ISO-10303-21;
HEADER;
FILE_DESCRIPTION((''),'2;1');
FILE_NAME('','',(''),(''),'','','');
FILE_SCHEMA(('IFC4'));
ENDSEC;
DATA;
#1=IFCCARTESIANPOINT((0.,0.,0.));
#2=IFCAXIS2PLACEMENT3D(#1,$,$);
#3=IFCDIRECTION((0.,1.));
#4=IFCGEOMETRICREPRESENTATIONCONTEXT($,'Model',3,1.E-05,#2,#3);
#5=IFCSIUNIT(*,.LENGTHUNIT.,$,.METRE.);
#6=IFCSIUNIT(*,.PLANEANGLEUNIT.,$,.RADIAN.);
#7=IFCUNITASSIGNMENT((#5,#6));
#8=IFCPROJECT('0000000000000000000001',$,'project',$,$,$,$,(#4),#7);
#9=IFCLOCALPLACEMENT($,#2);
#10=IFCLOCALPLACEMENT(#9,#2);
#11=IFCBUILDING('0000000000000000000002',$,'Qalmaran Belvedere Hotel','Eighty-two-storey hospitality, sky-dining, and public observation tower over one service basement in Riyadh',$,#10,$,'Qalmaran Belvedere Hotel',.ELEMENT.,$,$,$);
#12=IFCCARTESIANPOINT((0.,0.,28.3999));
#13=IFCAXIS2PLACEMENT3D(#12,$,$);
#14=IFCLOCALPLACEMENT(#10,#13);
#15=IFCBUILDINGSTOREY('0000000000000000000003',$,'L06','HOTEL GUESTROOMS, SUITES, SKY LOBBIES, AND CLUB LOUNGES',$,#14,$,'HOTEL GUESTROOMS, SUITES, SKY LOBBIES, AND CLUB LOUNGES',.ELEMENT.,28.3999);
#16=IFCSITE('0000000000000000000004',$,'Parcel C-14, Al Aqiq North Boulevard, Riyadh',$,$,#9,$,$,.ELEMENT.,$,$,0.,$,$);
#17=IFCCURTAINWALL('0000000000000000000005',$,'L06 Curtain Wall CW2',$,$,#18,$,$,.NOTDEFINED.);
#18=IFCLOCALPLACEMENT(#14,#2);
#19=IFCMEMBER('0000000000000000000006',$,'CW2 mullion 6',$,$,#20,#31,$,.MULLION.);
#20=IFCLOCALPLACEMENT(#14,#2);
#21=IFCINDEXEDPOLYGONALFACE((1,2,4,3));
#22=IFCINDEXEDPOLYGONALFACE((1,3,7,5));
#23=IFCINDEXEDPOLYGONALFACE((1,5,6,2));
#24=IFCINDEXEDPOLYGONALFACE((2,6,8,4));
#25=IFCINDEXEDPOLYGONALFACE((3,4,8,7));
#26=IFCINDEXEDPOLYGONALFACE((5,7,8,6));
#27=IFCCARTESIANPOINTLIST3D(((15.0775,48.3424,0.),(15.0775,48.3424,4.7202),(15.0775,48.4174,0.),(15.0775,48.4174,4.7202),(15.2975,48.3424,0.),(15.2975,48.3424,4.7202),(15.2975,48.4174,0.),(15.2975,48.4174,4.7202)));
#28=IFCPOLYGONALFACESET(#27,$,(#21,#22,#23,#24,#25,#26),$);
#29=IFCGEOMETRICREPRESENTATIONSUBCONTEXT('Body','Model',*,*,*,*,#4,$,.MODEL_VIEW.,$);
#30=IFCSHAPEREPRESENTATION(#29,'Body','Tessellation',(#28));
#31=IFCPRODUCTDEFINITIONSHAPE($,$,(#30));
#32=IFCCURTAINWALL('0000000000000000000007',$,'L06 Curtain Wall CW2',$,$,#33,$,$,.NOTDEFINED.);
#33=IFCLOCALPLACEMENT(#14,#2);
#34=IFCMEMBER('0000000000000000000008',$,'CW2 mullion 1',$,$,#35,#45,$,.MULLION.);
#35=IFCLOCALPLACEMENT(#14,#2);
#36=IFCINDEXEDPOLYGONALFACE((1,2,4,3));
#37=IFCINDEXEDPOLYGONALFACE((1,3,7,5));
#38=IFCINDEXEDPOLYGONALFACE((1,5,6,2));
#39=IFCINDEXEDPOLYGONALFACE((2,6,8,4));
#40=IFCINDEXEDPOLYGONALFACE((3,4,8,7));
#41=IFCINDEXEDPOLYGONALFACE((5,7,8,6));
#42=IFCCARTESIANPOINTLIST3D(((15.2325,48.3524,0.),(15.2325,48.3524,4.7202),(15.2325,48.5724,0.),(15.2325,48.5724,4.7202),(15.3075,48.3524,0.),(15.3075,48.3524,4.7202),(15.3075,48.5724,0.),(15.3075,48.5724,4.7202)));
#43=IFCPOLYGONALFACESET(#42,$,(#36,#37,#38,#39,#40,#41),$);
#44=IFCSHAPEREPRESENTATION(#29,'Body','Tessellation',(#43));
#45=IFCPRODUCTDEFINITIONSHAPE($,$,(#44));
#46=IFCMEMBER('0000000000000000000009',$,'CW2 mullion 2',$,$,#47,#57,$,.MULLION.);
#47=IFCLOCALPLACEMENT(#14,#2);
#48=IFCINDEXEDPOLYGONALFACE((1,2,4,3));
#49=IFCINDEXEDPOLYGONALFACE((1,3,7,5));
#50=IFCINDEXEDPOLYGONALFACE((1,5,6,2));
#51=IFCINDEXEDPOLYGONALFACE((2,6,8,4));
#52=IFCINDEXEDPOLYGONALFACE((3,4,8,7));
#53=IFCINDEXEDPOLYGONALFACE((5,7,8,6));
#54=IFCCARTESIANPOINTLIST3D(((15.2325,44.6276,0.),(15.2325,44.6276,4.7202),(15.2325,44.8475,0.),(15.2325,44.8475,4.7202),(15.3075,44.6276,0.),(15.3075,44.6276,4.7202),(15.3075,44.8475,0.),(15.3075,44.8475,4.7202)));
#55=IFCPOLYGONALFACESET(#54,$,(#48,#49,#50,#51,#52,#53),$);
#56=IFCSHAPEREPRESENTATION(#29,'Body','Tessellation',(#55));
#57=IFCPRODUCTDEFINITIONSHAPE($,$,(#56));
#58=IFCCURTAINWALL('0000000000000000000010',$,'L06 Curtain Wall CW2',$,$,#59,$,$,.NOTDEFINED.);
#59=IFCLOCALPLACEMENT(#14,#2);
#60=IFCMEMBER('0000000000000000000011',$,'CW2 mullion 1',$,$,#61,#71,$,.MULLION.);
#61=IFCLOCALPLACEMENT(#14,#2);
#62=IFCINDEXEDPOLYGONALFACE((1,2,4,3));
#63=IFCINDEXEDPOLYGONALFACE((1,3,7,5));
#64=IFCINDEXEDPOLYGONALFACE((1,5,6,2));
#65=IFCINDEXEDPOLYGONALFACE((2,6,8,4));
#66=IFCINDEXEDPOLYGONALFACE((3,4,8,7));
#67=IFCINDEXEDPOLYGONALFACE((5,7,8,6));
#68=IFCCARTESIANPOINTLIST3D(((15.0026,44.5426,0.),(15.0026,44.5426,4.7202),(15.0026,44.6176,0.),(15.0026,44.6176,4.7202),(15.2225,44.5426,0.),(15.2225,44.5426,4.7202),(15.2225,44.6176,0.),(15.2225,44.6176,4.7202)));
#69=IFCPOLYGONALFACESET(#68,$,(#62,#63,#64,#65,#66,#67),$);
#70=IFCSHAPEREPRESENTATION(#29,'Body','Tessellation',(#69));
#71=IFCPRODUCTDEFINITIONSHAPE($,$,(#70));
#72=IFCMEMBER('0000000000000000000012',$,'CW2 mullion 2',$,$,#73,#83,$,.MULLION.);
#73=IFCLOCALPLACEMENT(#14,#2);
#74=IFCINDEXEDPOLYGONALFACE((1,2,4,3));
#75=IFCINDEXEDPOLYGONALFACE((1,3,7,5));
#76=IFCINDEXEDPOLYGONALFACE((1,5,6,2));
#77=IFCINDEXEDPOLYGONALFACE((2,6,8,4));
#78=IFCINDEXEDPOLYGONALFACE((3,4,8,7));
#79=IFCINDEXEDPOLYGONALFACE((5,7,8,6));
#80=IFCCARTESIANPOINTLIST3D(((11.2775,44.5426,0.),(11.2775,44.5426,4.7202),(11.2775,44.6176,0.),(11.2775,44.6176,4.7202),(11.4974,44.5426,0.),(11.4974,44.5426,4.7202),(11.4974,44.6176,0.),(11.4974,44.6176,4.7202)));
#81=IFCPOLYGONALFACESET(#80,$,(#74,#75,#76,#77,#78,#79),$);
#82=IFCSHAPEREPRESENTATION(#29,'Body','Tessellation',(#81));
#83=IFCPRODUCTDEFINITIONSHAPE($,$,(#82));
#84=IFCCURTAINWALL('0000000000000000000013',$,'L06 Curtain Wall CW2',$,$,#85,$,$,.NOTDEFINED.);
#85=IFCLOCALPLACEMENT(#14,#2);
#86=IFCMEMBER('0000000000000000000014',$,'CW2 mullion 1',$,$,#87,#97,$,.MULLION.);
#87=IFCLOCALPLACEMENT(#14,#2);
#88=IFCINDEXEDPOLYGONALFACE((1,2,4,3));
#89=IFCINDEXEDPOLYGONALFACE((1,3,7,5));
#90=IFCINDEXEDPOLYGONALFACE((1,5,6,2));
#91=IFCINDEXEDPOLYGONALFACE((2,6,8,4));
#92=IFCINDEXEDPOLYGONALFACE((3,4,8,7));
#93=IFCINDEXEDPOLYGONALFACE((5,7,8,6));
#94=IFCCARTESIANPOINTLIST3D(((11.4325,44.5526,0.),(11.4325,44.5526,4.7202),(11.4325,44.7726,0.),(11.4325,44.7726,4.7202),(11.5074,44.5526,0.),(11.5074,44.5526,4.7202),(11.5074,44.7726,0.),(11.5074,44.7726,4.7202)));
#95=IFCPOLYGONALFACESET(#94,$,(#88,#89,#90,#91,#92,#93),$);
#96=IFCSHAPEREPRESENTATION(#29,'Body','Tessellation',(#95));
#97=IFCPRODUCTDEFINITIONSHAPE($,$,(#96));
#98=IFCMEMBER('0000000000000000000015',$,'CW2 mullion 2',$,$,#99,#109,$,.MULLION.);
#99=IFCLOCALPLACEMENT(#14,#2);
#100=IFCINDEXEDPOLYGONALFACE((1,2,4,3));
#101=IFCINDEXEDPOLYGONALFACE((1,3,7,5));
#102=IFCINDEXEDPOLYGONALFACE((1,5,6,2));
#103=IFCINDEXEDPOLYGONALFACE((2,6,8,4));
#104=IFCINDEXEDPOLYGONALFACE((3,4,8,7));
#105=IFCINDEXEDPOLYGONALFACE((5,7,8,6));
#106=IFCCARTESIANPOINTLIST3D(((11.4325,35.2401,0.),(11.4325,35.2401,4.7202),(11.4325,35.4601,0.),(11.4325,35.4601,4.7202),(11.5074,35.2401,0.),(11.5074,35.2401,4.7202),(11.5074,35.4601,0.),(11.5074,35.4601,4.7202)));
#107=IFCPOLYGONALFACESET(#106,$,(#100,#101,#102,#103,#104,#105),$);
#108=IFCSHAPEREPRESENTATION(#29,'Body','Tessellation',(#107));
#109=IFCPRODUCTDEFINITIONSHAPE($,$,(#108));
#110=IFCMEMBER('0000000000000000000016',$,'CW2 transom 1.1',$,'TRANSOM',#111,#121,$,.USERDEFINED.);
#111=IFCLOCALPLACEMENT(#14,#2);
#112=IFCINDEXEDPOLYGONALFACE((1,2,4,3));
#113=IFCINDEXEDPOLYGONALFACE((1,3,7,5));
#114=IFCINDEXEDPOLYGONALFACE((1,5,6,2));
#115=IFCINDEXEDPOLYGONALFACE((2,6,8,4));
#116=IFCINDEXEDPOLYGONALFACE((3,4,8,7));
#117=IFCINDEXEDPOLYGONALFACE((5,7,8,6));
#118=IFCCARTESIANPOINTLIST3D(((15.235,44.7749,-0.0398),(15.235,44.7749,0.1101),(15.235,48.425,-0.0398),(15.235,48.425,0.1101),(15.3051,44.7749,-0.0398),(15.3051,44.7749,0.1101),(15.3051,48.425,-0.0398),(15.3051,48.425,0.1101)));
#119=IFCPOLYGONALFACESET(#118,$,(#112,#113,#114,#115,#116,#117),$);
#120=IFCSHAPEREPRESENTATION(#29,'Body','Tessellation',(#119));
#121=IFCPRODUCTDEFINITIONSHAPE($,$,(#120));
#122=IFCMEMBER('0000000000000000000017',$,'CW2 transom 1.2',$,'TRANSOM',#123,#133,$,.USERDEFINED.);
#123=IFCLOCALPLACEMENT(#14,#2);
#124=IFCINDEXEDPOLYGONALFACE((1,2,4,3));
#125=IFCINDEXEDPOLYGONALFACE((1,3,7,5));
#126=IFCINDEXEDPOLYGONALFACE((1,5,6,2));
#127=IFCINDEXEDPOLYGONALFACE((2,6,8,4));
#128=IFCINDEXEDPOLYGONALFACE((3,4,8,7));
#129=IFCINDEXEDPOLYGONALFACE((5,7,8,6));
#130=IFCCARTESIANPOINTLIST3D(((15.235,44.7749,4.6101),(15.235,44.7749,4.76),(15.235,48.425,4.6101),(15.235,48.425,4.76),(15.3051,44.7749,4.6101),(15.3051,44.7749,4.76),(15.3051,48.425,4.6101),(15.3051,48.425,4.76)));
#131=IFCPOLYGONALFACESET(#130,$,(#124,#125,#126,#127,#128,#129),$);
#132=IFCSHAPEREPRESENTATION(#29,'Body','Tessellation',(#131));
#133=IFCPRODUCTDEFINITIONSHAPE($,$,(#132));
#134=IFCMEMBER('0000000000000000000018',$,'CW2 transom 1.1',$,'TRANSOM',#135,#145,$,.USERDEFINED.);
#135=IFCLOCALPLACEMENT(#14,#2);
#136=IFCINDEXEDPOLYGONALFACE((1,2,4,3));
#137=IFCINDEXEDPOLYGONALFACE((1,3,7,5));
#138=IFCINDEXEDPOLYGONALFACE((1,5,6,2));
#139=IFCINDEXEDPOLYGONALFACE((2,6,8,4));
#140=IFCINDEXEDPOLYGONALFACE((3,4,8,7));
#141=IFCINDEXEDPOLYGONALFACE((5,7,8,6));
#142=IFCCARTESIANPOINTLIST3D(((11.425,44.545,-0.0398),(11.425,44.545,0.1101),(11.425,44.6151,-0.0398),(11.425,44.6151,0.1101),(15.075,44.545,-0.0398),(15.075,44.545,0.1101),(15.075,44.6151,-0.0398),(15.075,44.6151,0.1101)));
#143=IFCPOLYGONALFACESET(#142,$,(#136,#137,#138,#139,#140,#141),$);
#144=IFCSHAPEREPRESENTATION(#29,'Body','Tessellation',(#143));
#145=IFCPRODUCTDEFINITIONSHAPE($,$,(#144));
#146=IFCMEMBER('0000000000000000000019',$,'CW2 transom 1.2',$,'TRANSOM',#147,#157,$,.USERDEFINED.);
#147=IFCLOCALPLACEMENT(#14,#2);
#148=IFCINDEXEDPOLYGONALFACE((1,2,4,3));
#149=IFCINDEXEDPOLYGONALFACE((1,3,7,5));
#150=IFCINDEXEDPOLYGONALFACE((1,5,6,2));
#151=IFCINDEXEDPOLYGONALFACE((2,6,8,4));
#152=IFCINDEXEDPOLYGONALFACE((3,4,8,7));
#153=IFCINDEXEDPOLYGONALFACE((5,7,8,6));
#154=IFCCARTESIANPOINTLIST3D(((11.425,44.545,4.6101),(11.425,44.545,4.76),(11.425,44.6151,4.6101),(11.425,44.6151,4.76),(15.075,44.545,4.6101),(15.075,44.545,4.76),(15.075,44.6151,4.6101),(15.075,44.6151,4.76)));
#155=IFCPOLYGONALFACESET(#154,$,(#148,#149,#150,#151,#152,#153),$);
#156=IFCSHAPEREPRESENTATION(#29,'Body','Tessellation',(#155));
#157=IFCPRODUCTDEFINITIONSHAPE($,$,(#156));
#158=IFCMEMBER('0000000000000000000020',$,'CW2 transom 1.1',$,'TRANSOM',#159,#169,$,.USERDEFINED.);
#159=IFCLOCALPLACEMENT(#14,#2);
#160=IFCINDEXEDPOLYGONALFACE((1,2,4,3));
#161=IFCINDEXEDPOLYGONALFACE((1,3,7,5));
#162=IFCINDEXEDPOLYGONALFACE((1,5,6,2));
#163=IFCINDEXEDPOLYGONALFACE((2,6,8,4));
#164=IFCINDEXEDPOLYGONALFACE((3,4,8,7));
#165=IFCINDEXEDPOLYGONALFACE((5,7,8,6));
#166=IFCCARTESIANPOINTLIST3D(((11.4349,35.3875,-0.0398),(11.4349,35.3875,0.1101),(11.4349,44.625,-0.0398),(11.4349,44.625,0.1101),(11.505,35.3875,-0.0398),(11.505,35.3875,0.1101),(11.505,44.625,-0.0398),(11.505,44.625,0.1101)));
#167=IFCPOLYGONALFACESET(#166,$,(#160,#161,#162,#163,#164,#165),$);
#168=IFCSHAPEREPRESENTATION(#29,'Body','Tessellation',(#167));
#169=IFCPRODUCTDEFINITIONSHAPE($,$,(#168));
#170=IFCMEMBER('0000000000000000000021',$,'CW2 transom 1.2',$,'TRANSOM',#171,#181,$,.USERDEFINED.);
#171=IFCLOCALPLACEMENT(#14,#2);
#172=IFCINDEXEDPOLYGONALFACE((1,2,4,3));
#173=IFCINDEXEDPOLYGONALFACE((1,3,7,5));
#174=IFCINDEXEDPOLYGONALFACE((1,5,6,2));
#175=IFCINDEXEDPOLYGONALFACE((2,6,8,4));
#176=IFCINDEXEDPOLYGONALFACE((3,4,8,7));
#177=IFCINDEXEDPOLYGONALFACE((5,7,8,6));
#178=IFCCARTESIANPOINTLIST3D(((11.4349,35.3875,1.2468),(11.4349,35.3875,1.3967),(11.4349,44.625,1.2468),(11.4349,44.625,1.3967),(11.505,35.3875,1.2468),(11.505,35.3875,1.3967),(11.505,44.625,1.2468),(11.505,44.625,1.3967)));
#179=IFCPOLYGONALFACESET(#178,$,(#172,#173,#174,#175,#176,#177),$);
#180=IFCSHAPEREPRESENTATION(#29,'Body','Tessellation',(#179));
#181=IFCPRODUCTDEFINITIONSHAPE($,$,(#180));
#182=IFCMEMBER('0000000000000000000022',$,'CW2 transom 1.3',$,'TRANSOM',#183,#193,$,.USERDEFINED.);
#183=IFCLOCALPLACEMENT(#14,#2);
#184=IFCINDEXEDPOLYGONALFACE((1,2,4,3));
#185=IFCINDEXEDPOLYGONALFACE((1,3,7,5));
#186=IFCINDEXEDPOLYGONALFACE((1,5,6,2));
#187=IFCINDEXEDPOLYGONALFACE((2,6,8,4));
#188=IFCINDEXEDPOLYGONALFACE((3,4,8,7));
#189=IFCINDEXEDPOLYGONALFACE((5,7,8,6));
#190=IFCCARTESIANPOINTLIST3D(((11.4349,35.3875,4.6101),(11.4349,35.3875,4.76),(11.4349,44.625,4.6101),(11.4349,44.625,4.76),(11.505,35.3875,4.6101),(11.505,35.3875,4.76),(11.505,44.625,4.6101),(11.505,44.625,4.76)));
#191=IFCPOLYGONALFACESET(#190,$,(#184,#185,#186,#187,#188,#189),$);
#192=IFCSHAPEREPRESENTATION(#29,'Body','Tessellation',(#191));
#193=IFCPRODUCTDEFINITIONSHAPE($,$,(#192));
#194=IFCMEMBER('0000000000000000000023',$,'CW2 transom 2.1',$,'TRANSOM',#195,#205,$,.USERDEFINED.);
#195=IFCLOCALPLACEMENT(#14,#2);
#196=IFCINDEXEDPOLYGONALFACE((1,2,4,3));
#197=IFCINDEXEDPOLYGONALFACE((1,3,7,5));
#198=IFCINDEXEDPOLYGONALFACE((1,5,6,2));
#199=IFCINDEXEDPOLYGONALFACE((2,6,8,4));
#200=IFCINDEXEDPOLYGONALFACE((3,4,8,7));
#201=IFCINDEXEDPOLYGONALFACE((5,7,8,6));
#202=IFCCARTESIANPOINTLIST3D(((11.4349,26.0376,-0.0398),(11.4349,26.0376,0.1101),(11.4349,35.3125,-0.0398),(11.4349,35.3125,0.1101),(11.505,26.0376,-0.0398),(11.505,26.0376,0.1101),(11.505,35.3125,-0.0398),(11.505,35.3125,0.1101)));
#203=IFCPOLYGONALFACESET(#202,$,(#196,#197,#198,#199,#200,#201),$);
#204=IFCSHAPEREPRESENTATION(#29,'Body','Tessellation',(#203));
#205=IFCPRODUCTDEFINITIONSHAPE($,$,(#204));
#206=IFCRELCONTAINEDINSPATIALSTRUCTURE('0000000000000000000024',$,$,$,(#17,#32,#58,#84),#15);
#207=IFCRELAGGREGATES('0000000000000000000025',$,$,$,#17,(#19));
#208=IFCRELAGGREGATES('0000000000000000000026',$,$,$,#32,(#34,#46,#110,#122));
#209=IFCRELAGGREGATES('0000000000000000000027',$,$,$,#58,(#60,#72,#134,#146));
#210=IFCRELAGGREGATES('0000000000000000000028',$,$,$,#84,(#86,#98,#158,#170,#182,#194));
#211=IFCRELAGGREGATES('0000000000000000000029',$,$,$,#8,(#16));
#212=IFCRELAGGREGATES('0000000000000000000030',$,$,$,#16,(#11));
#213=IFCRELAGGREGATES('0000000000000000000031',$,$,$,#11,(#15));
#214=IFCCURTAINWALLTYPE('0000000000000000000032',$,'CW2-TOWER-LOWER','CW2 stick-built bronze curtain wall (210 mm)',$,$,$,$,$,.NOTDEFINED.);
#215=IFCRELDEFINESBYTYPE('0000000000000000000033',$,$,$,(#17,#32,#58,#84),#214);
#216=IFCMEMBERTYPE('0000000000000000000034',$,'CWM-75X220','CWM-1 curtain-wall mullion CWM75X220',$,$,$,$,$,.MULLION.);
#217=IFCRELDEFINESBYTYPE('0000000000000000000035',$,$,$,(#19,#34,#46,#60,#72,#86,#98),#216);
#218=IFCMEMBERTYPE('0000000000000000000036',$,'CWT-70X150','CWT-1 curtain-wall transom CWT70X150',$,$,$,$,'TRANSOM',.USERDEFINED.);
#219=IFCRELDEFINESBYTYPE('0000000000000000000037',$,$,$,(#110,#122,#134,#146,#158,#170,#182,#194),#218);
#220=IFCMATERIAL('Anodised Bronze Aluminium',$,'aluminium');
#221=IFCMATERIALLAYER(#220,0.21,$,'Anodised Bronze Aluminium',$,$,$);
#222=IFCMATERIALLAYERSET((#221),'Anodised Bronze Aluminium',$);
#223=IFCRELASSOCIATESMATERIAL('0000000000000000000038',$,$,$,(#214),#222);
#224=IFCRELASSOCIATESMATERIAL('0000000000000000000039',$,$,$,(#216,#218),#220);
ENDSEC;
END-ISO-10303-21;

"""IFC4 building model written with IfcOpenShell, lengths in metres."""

from ifc_helpers import new_model, si_unit, direction, frame, origin, origin_2d, place, context, subcontext, project, spatial, rectangle, extrude, material, layer, layer_set, material_profile, profile_set, type_object, element, aggregate, save


model = new_model("IFC4")

# Units and contexts
model_context = context("Model", 3, precision=1e-05, world=origin(), true_north=direction((0.0, 1.0)))
body_context = subcontext(model_context, "Body", "Model", "MODEL_VIEW")
ifc_project = project(units=[si_unit("LENGTHUNIT", "METRE"), si_unit("PLANEANGLEUNIT", "RADIAN")], contexts=[model_context])

# Site, building, storey
site_placement = place(None, origin())
site = spatial("IfcSite", under=ifc_project, at=site_placement, Name="Parcel C-14, Al Aqiq North Boulevard, Riyadh", CompositionType="ELEMENT", RefElevation=0.0)
building_placement = place(site_placement, origin())
building = spatial("IfcBuilding", under=site, at=building_placement, Name="Qalmaran Belvedere Hotel", Description="Eighty-two-storey hospitality, sky-dining, and public observation tower over one service basement in Riyadh", LongName="Qalmaran Belvedere Hotel", CompositionType="ELEMENT")
storey_placement = place(building_placement, frame((0.0, 0.0, 28.3999)))
storey = spatial("IfcBuildingStorey", under=building, at=storey_placement, Name="L06", Description="HOTEL GUESTROOMS, SUITES, SKY LOBBIES, AND CLUB LOUNGES", LongName="HOTEL GUESTROOMS, SUITES, SKY LOBBIES, AND CLUB LOUNGES", CompositionType="ELEMENT", Elevation=28.3999)

# Curtain wall, member
ifc_material_1 = material(Name="Anodised Bronze Aluminium", Category="aluminium")
ifc_layer_1 = layer(ifc_material_1, 0.21, Name="Anodised Bronze Aluminium")
ifc_layer_set_1 = layer_set([ifc_layer_1], Name="Anodised Bronze Aluminium")
curtain_wall_type = type_object("IfcCurtainWallType", Name="CW2-TOWER-LOWER", Description="CW2 stick-built bronze curtain wall (210 mm)", PredefinedType="NOTDEFINED", material=ifc_layer_set_1)
curtain_wall_1_placement = place(storey_placement, origin())
curtain_wall_1 = element("IfcCurtainWall", 1, at=curtain_wall_1_placement, inside=storey, type_object=curtain_wall_type, Name="L06 Curtain Wall CW2", PredefinedType="NOTDEFINED")
ifc_material_profile_1 = material_profile(ifc_material_1, rectangle(XDim=0.075, YDim=0.22, at=origin_2d()), Name="CWM75X220")
ifc_profile_set_1 = profile_set([ifc_material_profile_1], Name="Anodised Bronze Aluminium")
member_type_1 = type_object("IfcMemberType", Name="CWM-75X220", Description="CWM-1 curtain-wall mullion CWM75X220", PredefinedType="MULLION", material=ifc_profile_set_1)
member_1_placement = place(storey_placement, frame((15.1875, 48.3799, 0.0), z_axis=(0.0, 0.0, 1.0), x_axis=(0.0, -1.0, 0.0)))
member_1 = element("IfcMember", 2, at=member_1_placement, type_object=member_type_1, Name="CW2 mullion 6", PredefinedType="MULLION", context=body_context, shape_type="SweptSolid", body=[
    extrude(rectangle(XDim=0.075, YDim=0.22, at=origin_2d()), origin(), (0.0, 0.0, 1.0), 4.7202),
])

# Curtain walls, members
curtain_wall_2_placement = place(storey_placement, origin())
curtain_wall_2 = element("IfcCurtainWall", 3, at=curtain_wall_2_placement, inside=storey, type_object=curtain_wall_type, Name="L06 Curtain Wall CW2", PredefinedType="NOTDEFINED")
member_2_placement = place(storey_placement, frame((15.27, 48.4624, 0.0), z_axis=(0.0, 0.0, 1.0), x_axis=(1.0, 0.0, 0.0)))
member_2 = element("IfcMember", 4, at=member_2_placement, type_object=member_type_1, Name="CW2 mullion 1", PredefinedType="MULLION", context=body_context, shape_type="SweptSolid", body=[
    extrude(rectangle(XDim=0.075, YDim=0.22, at=origin_2d()), origin(), (0.0, 0.0, 1.0), 4.7202),
])
member_3_placement = place(storey_placement, frame((15.27, 44.7375, 0.0), z_axis=(0.0, 0.0, 1.0), x_axis=(1.0, 0.0, 0.0)))
member_3 = element("IfcMember", 5, at=member_3_placement, type_object=member_type_1, Name="CW2 mullion 2", PredefinedType="MULLION", context=body_context, shape_type="SweptSolid", body=[
    extrude(rectangle(XDim=0.075, YDim=0.22, at=origin_2d()), origin(), (0.0, 0.0, 1.0), 4.7202),
])
curtain_wall_3_placement = place(storey_placement, origin())
curtain_wall_3 = element("IfcCurtainWall", 6, at=curtain_wall_3_placement, inside=storey, type_object=curtain_wall_type, Name="L06 Curtain Wall CW2", PredefinedType="NOTDEFINED")
member_4_placement = place(storey_placement, frame((15.1125, 44.5801, 0.0), z_axis=(0.0, 0.0, 1.0), x_axis=(0.0, -1.0, 0.0)))
member_4 = element("IfcMember", 7, at=member_4_placement, type_object=member_type_1, Name="CW2 mullion 1", PredefinedType="MULLION", context=body_context, shape_type="SweptSolid", body=[
    extrude(rectangle(XDim=0.075, YDim=0.22, at=origin_2d()), origin(), (0.0, 0.0, 1.0), 4.7202),
])
member_5_placement = place(storey_placement, frame((11.3875, 44.5801, 0.0), z_axis=(0.0, 0.0, 1.0), x_axis=(0.0, -1.0, 0.0)))
member_5 = element("IfcMember", 8, at=member_5_placement, type_object=member_type_1, Name="CW2 mullion 2", PredefinedType="MULLION", context=body_context, shape_type="SweptSolid", body=[
    extrude(rectangle(XDim=0.075, YDim=0.22, at=origin_2d()), origin(), (0.0, 0.0, 1.0), 4.7202),
])
curtain_wall_4_placement = place(storey_placement, origin())
curtain_wall_4 = element("IfcCurtainWall", 9, at=curtain_wall_4_placement, inside=storey, type_object=curtain_wall_type, Name="L06 Curtain Wall CW2", PredefinedType="NOTDEFINED")
member_6_placement = place(storey_placement, frame((11.47, 44.6626, 0.0), z_axis=(0.0, 0.0, 1.0), x_axis=(1.0, 0.0, 0.0)))
member_6 = element("IfcMember", 10, at=member_6_placement, type_object=member_type_1, Name="CW2 mullion 1", PredefinedType="MULLION", context=body_context, shape_type="SweptSolid", body=[
    extrude(rectangle(XDim=0.075, YDim=0.22, at=origin_2d()), origin(), (0.0, 0.0, 1.0), 4.7202),
])
member_7_placement = place(storey_placement, frame((11.47, 35.3501, 0.0), z_axis=(0.0, 0.0, 1.0), x_axis=(1.0, 0.0, 0.0)))
member_7 = element("IfcMember", 11, at=member_7_placement, type_object=member_type_1, Name="CW2 mullion 2", PredefinedType="MULLION", context=body_context, shape_type="SweptSolid", body=[
    extrude(rectangle(XDim=0.075, YDim=0.22, at=origin_2d()), origin(), (0.0, 0.0, 1.0), 4.7202),
])

# Members
ifc_material_profile_2 = material_profile(ifc_material_1, rectangle(XDim=0.0701, YDim=0.1499, at=origin_2d()), Name="CWT70X150")
ifc_profile_set_2 = profile_set([ifc_material_profile_2], Name="Anodised Bronze Aluminium")
member_type_2 = type_object("IfcMemberType", Name="CWT-70X150", Description="CWT-1 curtain-wall transom CWT70X150", ElementType="TRANSOM", PredefinedType="USERDEFINED", material=ifc_profile_set_2)
member_8_placement = place(storey_placement, frame((15.27, 48.425, 0.0352), z_axis=(0.0, -1.0, 0.0), x_axis=(1.0, 0.0, 0.0)))
member_8 = element("IfcMember", 12, at=member_8_placement, type_object=member_type_2, Name="CW2 transom 1.1", ObjectType="TRANSOM", PredefinedType="USERDEFINED", context=body_context, shape_type="SweptSolid", body=[
    extrude(rectangle(XDim=0.0701, YDim=0.1499, at=origin_2d()), origin(), (0.0, 0.0, 1.0), 3.6501),
])
member_9_placement = place(storey_placement, frame((15.27, 48.425, 4.6851), z_axis=(0.0, -1.0, 0.0), x_axis=(1.0, 0.0, 0.0)))
member_9 = element("IfcMember", 13, at=member_9_placement, type_object=member_type_2, Name="CW2 transom 1.2", ObjectType="TRANSOM", PredefinedType="USERDEFINED", context=body_context, shape_type="SweptSolid", body=[
    extrude(rectangle(XDim=0.0701, YDim=0.1499, at=origin_2d()), origin(), (0.0, 0.0, 1.0), 3.6501),
])
member_10_placement = place(storey_placement, frame((15.075, 44.5801, 0.0352), z_axis=(-1.0, 0.0, 0.0), x_axis=(0.0, -1.0, 0.0)))
member_10 = element("IfcMember", 14, at=member_10_placement, type_object=member_type_2, Name="CW2 transom 1.1", ObjectType="TRANSOM", PredefinedType="USERDEFINED", context=body_context, shape_type="SweptSolid", body=[
    extrude(rectangle(XDim=0.0701, YDim=0.1499, at=origin_2d()), origin(), (0.0, 0.0, 1.0), 3.6499),
])
member_11_placement = place(storey_placement, frame((15.075, 44.5801, 4.6851), z_axis=(-1.0, 0.0, 0.0), x_axis=(0.0, -1.0, 0.0)))
member_11 = element("IfcMember", 15, at=member_11_placement, type_object=member_type_2, Name="CW2 transom 1.2", ObjectType="TRANSOM", PredefinedType="USERDEFINED", context=body_context, shape_type="SweptSolid", body=[
    extrude(rectangle(XDim=0.0701, YDim=0.1499, at=origin_2d()), origin(), (0.0, 0.0, 1.0), 3.6499),
])
member_12_placement = place(storey_placement, frame((11.47, 44.625, 0.0352), z_axis=(0.0, -1.0, 0.0), x_axis=(1.0, 0.0, 0.0)))
member_12 = element("IfcMember", 16, at=member_12_placement, type_object=member_type_2, Name="CW2 transom 1.1", ObjectType="TRANSOM", PredefinedType="USERDEFINED", context=body_context, shape_type="SweptSolid", body=[
    extrude(rectangle(XDim=0.0701, YDim=0.1499, at=origin_2d()), origin(), (0.0, 0.0, 1.0), 9.2375),
])
member_13_placement = place(storey_placement, frame((11.47, 44.625, 1.3218), z_axis=(0.0, -1.0, 0.0), x_axis=(1.0, 0.0, 0.0)))
member_13 = element("IfcMember", 17, at=member_13_placement, type_object=member_type_2, Name="CW2 transom 1.2", ObjectType="TRANSOM", PredefinedType="USERDEFINED", context=body_context, shape_type="SweptSolid", body=[
    extrude(rectangle(XDim=0.0701, YDim=0.1499, at=origin_2d()), origin(), (0.0, 0.0, 1.0), 9.2375),
])
member_14_placement = place(storey_placement, frame((11.47, 44.625, 4.6851), z_axis=(0.0, -1.0, 0.0), x_axis=(1.0, 0.0, 0.0)))
member_14 = element("IfcMember", 18, at=member_14_placement, type_object=member_type_2, Name="CW2 transom 1.3", ObjectType="TRANSOM", PredefinedType="USERDEFINED", context=body_context, shape_type="SweptSolid", body=[
    extrude(rectangle(XDim=0.0701, YDim=0.1499, at=origin_2d()), origin(), (0.0, 0.0, 1.0), 9.2375),
])
member_15_placement = place(storey_placement, frame((11.47, 35.3125, 0.0352), z_axis=(0.0, -1.0, 0.0), x_axis=(1.0, 0.0, 0.0)))
member_15 = element("IfcMember", 19, at=member_15_placement, type_object=member_type_2, Name="CW2 transom 2.1", ObjectType="TRANSOM", PredefinedType="USERDEFINED", context=body_context, shape_type="SweptSolid", body=[
    extrude(rectangle(XDim=0.0701, YDim=0.1499, at=origin_2d()), origin(), (0.0, 0.0, 1.0), 9.2749),
])

aggregate(curtain_wall_1, [member_1])
aggregate(curtain_wall_2, [member_2, member_3, member_8, member_9])
aggregate(curtain_wall_3, [member_4, member_5, member_10, member_11])
aggregate(curtain_wall_4, [member_6, member_7, member_12, member_13, member_14, member_15])

save(model, "model.ifc")
